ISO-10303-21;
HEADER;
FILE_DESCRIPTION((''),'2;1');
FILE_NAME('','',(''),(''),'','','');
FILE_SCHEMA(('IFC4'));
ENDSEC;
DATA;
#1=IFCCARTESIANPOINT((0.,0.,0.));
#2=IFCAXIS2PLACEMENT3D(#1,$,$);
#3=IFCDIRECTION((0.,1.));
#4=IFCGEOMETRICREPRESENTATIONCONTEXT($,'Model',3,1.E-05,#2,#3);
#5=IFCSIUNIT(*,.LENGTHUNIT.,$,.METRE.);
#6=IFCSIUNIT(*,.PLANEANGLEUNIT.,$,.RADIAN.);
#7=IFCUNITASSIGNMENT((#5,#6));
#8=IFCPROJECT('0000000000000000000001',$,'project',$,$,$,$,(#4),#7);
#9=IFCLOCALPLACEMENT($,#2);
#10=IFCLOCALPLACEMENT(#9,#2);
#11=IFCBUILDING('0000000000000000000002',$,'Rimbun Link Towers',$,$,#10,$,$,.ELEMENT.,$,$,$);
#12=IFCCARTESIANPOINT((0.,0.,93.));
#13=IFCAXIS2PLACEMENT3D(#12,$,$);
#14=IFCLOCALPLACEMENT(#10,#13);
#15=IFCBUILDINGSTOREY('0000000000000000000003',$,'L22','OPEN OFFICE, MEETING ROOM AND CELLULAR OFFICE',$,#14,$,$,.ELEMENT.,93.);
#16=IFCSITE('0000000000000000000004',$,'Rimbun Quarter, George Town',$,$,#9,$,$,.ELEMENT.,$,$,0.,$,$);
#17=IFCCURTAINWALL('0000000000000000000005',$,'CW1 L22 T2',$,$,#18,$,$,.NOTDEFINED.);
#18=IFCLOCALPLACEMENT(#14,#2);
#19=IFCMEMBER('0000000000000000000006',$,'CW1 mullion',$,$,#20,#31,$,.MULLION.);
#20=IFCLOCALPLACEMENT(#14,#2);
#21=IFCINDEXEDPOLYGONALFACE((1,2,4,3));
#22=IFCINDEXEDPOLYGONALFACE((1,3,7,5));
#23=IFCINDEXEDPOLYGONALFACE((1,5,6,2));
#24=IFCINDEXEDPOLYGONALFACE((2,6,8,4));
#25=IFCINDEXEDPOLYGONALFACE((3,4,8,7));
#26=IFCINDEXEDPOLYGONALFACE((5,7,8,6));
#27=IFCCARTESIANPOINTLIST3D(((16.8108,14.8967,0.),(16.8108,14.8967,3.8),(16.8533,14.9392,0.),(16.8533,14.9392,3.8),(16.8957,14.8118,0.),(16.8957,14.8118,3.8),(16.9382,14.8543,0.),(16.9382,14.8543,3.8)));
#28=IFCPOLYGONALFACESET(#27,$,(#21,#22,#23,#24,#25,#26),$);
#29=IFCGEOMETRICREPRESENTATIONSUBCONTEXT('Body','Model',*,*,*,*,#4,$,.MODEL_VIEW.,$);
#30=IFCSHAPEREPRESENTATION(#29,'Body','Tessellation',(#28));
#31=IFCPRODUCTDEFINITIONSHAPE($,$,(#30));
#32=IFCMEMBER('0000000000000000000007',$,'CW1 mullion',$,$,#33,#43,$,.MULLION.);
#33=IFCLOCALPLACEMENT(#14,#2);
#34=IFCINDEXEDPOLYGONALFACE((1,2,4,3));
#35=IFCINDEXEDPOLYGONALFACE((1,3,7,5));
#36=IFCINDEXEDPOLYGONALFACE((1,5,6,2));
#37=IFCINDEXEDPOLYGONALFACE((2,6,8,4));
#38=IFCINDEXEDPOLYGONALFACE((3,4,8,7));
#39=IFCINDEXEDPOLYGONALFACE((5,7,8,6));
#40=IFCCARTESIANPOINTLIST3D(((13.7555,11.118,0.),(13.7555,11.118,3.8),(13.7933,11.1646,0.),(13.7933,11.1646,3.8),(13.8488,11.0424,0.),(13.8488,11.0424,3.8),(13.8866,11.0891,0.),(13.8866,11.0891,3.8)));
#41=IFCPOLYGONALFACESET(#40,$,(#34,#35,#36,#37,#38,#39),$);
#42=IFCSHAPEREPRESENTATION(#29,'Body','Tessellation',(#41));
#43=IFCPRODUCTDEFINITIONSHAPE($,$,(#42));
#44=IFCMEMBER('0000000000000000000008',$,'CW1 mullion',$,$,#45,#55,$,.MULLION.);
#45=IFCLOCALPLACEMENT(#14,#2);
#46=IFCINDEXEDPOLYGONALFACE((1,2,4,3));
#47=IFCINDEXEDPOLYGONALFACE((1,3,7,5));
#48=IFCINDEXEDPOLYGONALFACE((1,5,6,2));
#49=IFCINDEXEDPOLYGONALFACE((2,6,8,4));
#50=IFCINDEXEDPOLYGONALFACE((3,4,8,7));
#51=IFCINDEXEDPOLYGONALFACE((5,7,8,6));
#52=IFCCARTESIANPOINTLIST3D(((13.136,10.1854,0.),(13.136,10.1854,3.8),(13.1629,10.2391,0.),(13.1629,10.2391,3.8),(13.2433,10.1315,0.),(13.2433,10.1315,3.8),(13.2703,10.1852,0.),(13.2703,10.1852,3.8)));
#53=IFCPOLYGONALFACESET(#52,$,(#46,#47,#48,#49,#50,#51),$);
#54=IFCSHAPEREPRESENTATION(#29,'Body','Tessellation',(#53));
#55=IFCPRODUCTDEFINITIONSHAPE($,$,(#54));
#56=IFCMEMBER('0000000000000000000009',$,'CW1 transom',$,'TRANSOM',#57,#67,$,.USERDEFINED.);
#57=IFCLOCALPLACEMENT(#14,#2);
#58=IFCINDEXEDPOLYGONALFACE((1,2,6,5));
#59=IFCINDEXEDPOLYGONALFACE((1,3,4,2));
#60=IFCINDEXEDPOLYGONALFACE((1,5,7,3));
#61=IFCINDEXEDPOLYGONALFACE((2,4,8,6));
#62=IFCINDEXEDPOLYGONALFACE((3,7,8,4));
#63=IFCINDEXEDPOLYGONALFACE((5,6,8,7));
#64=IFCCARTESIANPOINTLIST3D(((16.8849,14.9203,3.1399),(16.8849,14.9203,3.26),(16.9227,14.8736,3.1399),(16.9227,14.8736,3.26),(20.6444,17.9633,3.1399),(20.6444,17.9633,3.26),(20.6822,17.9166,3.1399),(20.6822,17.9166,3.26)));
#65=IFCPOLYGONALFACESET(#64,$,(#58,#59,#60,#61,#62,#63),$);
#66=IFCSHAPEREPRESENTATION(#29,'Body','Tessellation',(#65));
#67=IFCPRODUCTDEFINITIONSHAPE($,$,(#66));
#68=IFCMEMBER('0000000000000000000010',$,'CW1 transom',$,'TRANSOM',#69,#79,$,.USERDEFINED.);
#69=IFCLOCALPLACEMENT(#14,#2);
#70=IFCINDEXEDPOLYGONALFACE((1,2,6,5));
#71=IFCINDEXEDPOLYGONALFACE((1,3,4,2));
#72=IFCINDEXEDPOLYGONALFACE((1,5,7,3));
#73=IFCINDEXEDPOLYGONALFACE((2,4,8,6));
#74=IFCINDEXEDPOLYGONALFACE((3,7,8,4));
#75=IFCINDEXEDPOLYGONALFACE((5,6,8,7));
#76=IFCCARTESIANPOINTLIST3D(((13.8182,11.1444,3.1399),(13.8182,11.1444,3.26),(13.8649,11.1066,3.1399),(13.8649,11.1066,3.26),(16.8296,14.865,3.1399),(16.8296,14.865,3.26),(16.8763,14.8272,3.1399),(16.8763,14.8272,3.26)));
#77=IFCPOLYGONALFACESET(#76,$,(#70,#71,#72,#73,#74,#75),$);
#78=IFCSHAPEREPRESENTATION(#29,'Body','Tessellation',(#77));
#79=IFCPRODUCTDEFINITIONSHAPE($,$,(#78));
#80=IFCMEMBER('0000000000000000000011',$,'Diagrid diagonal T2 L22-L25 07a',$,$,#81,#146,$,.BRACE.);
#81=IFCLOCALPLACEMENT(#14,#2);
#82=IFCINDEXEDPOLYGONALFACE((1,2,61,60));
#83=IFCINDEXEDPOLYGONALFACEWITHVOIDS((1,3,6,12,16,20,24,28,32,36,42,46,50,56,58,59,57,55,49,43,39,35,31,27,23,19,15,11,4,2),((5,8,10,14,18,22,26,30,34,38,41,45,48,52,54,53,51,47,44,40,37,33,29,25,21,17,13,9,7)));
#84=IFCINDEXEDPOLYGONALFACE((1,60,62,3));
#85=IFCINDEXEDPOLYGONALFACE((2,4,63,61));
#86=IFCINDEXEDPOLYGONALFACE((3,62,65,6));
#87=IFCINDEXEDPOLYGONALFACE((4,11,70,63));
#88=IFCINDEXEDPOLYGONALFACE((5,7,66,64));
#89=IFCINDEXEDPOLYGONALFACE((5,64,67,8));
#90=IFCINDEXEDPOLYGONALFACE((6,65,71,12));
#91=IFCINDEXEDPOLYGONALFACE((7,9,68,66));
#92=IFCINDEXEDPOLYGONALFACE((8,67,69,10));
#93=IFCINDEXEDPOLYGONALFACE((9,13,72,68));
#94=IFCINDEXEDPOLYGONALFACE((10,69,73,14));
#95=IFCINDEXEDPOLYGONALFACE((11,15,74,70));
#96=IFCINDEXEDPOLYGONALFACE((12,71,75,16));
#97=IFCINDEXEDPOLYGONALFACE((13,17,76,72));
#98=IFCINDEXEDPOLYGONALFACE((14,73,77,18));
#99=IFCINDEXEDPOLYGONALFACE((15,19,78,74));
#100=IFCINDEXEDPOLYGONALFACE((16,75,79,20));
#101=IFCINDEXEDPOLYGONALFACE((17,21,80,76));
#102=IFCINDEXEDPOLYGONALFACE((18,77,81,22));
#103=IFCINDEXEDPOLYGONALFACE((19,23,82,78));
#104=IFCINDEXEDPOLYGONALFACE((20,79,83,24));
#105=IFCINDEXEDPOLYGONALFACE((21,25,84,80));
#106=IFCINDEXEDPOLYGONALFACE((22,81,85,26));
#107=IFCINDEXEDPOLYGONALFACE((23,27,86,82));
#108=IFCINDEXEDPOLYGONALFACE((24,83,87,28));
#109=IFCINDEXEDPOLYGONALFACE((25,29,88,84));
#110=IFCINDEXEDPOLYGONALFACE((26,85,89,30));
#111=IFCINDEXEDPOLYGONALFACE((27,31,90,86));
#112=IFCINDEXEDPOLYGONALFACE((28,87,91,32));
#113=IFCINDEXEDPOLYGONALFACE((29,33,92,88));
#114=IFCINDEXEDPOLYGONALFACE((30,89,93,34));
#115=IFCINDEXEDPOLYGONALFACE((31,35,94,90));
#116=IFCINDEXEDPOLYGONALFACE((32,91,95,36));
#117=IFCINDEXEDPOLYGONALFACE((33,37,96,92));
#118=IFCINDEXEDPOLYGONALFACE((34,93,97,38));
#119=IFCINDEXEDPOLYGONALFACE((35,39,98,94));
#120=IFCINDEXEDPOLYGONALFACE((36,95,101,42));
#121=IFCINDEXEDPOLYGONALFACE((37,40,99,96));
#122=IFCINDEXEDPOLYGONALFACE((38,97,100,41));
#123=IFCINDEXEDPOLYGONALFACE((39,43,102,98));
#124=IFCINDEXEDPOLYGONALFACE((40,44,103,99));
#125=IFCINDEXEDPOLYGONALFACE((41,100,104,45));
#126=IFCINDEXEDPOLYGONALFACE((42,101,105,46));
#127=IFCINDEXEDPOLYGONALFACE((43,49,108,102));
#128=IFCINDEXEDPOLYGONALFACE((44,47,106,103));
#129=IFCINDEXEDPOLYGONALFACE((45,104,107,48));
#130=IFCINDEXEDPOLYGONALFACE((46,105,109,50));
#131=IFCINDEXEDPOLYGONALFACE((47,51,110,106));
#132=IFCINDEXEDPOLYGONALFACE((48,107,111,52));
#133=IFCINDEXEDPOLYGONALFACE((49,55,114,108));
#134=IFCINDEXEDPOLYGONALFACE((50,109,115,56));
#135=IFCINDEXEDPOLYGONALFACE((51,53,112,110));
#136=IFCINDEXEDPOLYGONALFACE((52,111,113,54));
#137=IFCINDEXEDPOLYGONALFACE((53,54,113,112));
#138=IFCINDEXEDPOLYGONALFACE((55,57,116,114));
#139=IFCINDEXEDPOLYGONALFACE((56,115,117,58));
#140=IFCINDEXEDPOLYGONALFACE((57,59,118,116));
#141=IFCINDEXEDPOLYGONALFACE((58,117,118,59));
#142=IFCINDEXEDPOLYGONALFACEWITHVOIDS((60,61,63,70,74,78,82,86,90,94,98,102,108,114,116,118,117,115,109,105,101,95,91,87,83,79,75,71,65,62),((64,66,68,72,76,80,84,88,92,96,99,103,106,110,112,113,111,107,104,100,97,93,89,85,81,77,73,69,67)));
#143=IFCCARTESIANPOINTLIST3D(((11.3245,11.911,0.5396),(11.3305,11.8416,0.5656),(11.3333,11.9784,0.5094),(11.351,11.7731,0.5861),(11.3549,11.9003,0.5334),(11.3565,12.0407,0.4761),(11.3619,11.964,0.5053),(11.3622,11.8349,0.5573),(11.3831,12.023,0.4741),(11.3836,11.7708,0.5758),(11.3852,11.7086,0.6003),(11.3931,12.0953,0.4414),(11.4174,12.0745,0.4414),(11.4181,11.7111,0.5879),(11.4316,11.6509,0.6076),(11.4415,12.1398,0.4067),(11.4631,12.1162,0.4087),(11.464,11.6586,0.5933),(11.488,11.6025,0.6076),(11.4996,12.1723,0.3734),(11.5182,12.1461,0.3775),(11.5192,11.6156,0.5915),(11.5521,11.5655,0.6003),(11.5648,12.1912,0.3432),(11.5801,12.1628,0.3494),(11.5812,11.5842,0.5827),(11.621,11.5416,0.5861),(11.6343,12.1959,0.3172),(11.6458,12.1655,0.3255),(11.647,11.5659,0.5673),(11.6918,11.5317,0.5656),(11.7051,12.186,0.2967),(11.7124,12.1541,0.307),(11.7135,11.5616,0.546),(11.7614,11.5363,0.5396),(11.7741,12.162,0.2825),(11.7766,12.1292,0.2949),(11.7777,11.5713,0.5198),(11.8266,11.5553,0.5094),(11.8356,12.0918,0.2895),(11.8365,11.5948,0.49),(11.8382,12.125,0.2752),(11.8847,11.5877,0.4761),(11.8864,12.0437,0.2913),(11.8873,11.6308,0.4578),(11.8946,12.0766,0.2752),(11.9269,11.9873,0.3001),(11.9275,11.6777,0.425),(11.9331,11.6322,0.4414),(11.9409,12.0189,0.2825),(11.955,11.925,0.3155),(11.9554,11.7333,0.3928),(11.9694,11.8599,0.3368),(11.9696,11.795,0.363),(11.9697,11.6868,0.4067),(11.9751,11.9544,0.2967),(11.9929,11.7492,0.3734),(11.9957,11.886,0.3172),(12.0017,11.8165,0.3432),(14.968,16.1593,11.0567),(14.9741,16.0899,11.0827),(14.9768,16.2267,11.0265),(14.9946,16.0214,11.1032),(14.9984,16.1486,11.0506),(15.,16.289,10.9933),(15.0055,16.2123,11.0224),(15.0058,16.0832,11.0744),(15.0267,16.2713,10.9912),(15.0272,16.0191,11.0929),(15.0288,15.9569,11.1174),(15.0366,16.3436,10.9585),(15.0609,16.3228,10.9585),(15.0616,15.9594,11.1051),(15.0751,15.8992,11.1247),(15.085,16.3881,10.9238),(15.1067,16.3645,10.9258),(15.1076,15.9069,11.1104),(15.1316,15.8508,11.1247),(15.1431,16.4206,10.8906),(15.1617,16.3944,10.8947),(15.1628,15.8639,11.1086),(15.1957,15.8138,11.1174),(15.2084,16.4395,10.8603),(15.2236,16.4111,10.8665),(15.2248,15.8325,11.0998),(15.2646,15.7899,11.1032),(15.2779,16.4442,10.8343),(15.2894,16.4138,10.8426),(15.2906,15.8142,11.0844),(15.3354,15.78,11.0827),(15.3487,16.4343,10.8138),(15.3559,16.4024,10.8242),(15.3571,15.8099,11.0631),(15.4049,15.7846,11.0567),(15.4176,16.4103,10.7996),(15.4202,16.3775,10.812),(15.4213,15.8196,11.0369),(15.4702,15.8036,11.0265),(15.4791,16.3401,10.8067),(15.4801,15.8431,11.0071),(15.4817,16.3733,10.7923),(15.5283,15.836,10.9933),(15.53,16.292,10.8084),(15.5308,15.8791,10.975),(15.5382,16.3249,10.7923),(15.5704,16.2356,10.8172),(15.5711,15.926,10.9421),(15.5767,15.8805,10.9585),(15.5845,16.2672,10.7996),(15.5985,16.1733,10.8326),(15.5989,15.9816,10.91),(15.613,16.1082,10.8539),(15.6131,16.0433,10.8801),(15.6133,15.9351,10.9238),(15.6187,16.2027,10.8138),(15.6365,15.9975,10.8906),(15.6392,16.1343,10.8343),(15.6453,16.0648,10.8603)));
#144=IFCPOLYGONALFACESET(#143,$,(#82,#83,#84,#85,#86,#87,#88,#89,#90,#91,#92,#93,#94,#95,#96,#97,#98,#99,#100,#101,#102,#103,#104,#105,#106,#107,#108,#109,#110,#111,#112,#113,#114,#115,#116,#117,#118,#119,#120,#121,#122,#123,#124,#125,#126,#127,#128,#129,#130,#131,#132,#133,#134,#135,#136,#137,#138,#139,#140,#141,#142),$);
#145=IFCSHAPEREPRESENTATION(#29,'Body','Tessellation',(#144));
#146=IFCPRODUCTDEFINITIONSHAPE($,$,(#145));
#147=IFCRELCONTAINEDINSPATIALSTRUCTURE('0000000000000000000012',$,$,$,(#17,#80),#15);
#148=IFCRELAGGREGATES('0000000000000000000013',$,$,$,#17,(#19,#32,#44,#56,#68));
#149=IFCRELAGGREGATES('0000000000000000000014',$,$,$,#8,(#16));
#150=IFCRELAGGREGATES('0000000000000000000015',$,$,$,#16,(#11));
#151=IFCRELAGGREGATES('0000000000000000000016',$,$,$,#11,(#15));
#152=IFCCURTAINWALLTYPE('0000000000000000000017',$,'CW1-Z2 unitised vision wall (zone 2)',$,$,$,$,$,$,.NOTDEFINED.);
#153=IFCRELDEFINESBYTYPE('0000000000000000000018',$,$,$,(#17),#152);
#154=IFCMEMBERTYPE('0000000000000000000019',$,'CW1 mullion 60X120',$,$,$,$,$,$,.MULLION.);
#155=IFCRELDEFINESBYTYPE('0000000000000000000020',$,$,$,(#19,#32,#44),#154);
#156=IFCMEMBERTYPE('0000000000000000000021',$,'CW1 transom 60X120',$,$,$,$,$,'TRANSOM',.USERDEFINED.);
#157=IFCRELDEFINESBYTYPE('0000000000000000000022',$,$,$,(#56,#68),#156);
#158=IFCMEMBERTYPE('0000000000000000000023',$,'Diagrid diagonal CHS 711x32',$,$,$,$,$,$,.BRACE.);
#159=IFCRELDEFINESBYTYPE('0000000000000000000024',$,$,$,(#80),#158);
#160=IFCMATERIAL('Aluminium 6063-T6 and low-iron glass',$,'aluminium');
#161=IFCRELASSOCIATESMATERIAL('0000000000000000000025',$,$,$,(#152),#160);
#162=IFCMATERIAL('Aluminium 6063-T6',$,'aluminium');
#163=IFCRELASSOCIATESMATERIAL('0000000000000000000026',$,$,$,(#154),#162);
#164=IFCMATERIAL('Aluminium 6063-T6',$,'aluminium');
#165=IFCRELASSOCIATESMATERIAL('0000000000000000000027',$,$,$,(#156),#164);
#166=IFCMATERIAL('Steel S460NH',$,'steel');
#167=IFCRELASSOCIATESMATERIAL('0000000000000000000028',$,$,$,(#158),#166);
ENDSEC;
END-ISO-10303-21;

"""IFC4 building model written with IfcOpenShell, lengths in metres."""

from ifc_helpers import new_model, si_unit, direction, frame, origin, origin_2d, place, context, subcontext, project, spatial, rectangle, hollow_circle, extrude, material, material_profile, profile_set, type_object, element, aggregate, save


model = new_model("IFC4")

# Units and contexts
model_context = context("Model", 3, precision=1e-05, world=origin(), true_north=direction((0.0, 1.0)))
body_context = subcontext(model_context, "Body", "Model", "MODEL_VIEW")
ifc_project = project(units=[si_unit("LENGTHUNIT", "METRE"), si_unit("PLANEANGLEUNIT", "RADIAN")], contexts=[model_context])

# Site, building, storey
site_placement = place(None, origin())
site = spatial("IfcSite", under=ifc_project, at=site_placement, Name="Rimbun Quarter, George Town", CompositionType="ELEMENT", RefElevation=0.0)
building_placement = place(site_placement, origin())
building = spatial("IfcBuilding", under=site, at=building_placement, Name="Rimbun Link Towers", CompositionType="ELEMENT")
storey_placement = place(building_placement, frame((0.0, 0.0, 93.0)))
storey = spatial("IfcBuildingStorey", under=building, at=storey_placement, Name="L22", Description="OPEN OFFICE, MEETING ROOM AND CELLULAR OFFICE", CompositionType="ELEMENT", Elevation=93.0)

# Curtain wall, members
ifc_material_1 = material(Name="Aluminium 6063-T6 and low-iron glass", Category="aluminium")
curtain_wall_type = type_object("IfcCurtainWallType", Name="CW1-Z2 unitised vision wall (zone 2)", PredefinedType="NOTDEFINED", material=ifc_material_1)
curtain_wall_placement = place(storey_placement, origin())
curtain_wall = element("IfcCurtainWall", 1, at=curtain_wall_placement, inside=storey, type_object=curtain_wall_type, Name="CW1 L22 T2", PredefinedType="NOTDEFINED")
ifc_material_2 = material(Name="Aluminium 6063-T6", Category="aluminium")
ifc_material_profile_1 = material_profile(ifc_material_2, rectangle(XDim=0.1201, YDim=0.0601, at=origin_2d()), Name="MULLION 60X120")
ifc_profile_set_1 = profile_set([ifc_material_profile_1], Name="Aluminium 6063-T6")
member_type_1 = type_object("IfcMemberType", Name="CW1 mullion 60X120", PredefinedType="MULLION", material=ifc_profile_set_1)
member_1_placement = place(storey_placement, frame((16.8745, 14.8755, 0.0), z_axis=(0.0, 0.0, 1.0), x_axis=(-0.707107, 0.707107, 0.0)))
member_1 = element("IfcMember", 2, at=member_1_placement, type_object=member_type_1, Name="CW1 mullion", PredefinedType="MULLION", context=body_context, shape_type="SweptSolid", body=[
    extrude(rectangle(XDim=0.1201, YDim=0.0601, at=origin_2d()), origin(), (0.0, 0.0, 1.0), 3.8),
])
member_2_placement = place(storey_placement, frame((13.821, 11.1035, 0.0), z_axis=(0.0, 0.0, 1.0), x_axis=(-0.77728, 0.629155, 0.0)))
member_2 = element("IfcMember", 3, at=member_2_placement, type_object=member_type_1, Name="CW1 mullion", PredefinedType="MULLION", context=body_context, shape_type="SweptSolid", body=[
    extrude(rectangle(XDim=0.1201, YDim=0.0601, at=origin_2d()), origin(), (0.0, 0.0, 1.0), 3.8),
])
member_3_placement = place(storey_placement, frame((13.2031, 10.1853, 0.0), z_axis=(0.0, 0.0, 1.0), x_axis=(-0.893641, 0.448782, 0.0)))
member_3 = element("IfcMember", 4, at=member_3_placement, type_object=member_type_1, Name="CW1 mullion", PredefinedType="MULLION", context=body_context, shape_type="SweptSolid", body=[
    extrude(rectangle(XDim=0.1201, YDim=0.0601, at=origin_2d()), origin(), (0.0, 0.0, 1.0), 3.8),
])
ifc_material_3 = material(Name="Aluminium 6063-T6", Category="aluminium")
ifc_material_profile_2 = material_profile(ifc_material_3, rectangle(XDim=0.0601, YDim=0.1201, at=origin_2d()), Name="TRANSOM 60X120")
ifc_profile_set_2 = profile_set([ifc_material_profile_2], Name="Aluminium 6063-T6")
member_type_2 = type_object("IfcMemberType", Name="CW1 transom 60X120", ElementType="TRANSOM", PredefinedType="USERDEFINED", material=ifc_profile_set_2)
member_4_placement = place(storey_placement, frame((16.9038, 14.897, 3.2), z_axis=(0.777291, 0.629142, 0.0), x_axis=(-0.629142, 0.777291, 0.0)))
member_4 = element("IfcMember", 5, at=member_4_placement, type_object=member_type_2, Name="CW1 transom", ObjectType="TRANSOM", PredefinedType="USERDEFINED", context=body_context, shape_type="SweptSolid", body=[
    extrude(rectangle(XDim=0.0601, YDim=0.1201, at=origin_2d()), origin(), (0.0, 0.0, 1.0), 4.8367),
])
member_5_placement = place(storey_placement, frame((13.8416, 11.1255, 3.2), z_axis=(0.629132, 0.777298, 0.0), x_axis=(-0.777298, 0.629132, 0.0)))
member_5 = element("IfcMember", 6, at=member_5_placement, type_object=member_type_2, Name="CW1 transom", ObjectType="TRANSOM", PredefinedType="USERDEFINED", context=body_context, shape_type="SweptSolid", body=[
    extrude(rectangle(XDim=0.0601, YDim=0.1201, at=origin_2d()), origin(), (0.0, 0.0, 1.0), 4.7866),
])

# Member
ifc_material_4 = material(Name="Steel S460NH", Category="steel")
ifc_material_profile_3 = material_profile(ifc_material_4, hollow_circle(Radius=0.3557, WallThickness=0.032, at=origin_2d()), Name="Diagrid diagonal CHS 711x32")
ifc_profile_set_3 = profile_set([ifc_material_profile_3], Name="Steel S460NH")
member_type_3 = type_object("IfcMemberType", Name="Diagrid diagonal CHS 711x32", PredefinedType="BRACE", material=ifc_profile_set_3)
member_6_placement = place(storey_placement, frame((11.6631, 11.8638, 0.4414), z_axis=(0.305833, 0.356593, 0.882784), x_axis=(-0.759066, 0.651014, 0.0)))
element("IfcMember", 7, at=member_6_placement, inside=storey, type_object=member_type_3, Name="Diagrid diagonal T2 L22-L25 07a", PredefinedType="BRACE", context=body_context, shape_type="SweptSolid", body=[
    extrude(hollow_circle(Radius=0.3557, WallThickness=0.032, at=origin_2d()), origin(), (0.0, 0.0, 1.0), 11.9136),
])

aggregate(curtain_wall, [member_1, member_2, member_3, member_4, member_5])

save(model, "model.ifc")
